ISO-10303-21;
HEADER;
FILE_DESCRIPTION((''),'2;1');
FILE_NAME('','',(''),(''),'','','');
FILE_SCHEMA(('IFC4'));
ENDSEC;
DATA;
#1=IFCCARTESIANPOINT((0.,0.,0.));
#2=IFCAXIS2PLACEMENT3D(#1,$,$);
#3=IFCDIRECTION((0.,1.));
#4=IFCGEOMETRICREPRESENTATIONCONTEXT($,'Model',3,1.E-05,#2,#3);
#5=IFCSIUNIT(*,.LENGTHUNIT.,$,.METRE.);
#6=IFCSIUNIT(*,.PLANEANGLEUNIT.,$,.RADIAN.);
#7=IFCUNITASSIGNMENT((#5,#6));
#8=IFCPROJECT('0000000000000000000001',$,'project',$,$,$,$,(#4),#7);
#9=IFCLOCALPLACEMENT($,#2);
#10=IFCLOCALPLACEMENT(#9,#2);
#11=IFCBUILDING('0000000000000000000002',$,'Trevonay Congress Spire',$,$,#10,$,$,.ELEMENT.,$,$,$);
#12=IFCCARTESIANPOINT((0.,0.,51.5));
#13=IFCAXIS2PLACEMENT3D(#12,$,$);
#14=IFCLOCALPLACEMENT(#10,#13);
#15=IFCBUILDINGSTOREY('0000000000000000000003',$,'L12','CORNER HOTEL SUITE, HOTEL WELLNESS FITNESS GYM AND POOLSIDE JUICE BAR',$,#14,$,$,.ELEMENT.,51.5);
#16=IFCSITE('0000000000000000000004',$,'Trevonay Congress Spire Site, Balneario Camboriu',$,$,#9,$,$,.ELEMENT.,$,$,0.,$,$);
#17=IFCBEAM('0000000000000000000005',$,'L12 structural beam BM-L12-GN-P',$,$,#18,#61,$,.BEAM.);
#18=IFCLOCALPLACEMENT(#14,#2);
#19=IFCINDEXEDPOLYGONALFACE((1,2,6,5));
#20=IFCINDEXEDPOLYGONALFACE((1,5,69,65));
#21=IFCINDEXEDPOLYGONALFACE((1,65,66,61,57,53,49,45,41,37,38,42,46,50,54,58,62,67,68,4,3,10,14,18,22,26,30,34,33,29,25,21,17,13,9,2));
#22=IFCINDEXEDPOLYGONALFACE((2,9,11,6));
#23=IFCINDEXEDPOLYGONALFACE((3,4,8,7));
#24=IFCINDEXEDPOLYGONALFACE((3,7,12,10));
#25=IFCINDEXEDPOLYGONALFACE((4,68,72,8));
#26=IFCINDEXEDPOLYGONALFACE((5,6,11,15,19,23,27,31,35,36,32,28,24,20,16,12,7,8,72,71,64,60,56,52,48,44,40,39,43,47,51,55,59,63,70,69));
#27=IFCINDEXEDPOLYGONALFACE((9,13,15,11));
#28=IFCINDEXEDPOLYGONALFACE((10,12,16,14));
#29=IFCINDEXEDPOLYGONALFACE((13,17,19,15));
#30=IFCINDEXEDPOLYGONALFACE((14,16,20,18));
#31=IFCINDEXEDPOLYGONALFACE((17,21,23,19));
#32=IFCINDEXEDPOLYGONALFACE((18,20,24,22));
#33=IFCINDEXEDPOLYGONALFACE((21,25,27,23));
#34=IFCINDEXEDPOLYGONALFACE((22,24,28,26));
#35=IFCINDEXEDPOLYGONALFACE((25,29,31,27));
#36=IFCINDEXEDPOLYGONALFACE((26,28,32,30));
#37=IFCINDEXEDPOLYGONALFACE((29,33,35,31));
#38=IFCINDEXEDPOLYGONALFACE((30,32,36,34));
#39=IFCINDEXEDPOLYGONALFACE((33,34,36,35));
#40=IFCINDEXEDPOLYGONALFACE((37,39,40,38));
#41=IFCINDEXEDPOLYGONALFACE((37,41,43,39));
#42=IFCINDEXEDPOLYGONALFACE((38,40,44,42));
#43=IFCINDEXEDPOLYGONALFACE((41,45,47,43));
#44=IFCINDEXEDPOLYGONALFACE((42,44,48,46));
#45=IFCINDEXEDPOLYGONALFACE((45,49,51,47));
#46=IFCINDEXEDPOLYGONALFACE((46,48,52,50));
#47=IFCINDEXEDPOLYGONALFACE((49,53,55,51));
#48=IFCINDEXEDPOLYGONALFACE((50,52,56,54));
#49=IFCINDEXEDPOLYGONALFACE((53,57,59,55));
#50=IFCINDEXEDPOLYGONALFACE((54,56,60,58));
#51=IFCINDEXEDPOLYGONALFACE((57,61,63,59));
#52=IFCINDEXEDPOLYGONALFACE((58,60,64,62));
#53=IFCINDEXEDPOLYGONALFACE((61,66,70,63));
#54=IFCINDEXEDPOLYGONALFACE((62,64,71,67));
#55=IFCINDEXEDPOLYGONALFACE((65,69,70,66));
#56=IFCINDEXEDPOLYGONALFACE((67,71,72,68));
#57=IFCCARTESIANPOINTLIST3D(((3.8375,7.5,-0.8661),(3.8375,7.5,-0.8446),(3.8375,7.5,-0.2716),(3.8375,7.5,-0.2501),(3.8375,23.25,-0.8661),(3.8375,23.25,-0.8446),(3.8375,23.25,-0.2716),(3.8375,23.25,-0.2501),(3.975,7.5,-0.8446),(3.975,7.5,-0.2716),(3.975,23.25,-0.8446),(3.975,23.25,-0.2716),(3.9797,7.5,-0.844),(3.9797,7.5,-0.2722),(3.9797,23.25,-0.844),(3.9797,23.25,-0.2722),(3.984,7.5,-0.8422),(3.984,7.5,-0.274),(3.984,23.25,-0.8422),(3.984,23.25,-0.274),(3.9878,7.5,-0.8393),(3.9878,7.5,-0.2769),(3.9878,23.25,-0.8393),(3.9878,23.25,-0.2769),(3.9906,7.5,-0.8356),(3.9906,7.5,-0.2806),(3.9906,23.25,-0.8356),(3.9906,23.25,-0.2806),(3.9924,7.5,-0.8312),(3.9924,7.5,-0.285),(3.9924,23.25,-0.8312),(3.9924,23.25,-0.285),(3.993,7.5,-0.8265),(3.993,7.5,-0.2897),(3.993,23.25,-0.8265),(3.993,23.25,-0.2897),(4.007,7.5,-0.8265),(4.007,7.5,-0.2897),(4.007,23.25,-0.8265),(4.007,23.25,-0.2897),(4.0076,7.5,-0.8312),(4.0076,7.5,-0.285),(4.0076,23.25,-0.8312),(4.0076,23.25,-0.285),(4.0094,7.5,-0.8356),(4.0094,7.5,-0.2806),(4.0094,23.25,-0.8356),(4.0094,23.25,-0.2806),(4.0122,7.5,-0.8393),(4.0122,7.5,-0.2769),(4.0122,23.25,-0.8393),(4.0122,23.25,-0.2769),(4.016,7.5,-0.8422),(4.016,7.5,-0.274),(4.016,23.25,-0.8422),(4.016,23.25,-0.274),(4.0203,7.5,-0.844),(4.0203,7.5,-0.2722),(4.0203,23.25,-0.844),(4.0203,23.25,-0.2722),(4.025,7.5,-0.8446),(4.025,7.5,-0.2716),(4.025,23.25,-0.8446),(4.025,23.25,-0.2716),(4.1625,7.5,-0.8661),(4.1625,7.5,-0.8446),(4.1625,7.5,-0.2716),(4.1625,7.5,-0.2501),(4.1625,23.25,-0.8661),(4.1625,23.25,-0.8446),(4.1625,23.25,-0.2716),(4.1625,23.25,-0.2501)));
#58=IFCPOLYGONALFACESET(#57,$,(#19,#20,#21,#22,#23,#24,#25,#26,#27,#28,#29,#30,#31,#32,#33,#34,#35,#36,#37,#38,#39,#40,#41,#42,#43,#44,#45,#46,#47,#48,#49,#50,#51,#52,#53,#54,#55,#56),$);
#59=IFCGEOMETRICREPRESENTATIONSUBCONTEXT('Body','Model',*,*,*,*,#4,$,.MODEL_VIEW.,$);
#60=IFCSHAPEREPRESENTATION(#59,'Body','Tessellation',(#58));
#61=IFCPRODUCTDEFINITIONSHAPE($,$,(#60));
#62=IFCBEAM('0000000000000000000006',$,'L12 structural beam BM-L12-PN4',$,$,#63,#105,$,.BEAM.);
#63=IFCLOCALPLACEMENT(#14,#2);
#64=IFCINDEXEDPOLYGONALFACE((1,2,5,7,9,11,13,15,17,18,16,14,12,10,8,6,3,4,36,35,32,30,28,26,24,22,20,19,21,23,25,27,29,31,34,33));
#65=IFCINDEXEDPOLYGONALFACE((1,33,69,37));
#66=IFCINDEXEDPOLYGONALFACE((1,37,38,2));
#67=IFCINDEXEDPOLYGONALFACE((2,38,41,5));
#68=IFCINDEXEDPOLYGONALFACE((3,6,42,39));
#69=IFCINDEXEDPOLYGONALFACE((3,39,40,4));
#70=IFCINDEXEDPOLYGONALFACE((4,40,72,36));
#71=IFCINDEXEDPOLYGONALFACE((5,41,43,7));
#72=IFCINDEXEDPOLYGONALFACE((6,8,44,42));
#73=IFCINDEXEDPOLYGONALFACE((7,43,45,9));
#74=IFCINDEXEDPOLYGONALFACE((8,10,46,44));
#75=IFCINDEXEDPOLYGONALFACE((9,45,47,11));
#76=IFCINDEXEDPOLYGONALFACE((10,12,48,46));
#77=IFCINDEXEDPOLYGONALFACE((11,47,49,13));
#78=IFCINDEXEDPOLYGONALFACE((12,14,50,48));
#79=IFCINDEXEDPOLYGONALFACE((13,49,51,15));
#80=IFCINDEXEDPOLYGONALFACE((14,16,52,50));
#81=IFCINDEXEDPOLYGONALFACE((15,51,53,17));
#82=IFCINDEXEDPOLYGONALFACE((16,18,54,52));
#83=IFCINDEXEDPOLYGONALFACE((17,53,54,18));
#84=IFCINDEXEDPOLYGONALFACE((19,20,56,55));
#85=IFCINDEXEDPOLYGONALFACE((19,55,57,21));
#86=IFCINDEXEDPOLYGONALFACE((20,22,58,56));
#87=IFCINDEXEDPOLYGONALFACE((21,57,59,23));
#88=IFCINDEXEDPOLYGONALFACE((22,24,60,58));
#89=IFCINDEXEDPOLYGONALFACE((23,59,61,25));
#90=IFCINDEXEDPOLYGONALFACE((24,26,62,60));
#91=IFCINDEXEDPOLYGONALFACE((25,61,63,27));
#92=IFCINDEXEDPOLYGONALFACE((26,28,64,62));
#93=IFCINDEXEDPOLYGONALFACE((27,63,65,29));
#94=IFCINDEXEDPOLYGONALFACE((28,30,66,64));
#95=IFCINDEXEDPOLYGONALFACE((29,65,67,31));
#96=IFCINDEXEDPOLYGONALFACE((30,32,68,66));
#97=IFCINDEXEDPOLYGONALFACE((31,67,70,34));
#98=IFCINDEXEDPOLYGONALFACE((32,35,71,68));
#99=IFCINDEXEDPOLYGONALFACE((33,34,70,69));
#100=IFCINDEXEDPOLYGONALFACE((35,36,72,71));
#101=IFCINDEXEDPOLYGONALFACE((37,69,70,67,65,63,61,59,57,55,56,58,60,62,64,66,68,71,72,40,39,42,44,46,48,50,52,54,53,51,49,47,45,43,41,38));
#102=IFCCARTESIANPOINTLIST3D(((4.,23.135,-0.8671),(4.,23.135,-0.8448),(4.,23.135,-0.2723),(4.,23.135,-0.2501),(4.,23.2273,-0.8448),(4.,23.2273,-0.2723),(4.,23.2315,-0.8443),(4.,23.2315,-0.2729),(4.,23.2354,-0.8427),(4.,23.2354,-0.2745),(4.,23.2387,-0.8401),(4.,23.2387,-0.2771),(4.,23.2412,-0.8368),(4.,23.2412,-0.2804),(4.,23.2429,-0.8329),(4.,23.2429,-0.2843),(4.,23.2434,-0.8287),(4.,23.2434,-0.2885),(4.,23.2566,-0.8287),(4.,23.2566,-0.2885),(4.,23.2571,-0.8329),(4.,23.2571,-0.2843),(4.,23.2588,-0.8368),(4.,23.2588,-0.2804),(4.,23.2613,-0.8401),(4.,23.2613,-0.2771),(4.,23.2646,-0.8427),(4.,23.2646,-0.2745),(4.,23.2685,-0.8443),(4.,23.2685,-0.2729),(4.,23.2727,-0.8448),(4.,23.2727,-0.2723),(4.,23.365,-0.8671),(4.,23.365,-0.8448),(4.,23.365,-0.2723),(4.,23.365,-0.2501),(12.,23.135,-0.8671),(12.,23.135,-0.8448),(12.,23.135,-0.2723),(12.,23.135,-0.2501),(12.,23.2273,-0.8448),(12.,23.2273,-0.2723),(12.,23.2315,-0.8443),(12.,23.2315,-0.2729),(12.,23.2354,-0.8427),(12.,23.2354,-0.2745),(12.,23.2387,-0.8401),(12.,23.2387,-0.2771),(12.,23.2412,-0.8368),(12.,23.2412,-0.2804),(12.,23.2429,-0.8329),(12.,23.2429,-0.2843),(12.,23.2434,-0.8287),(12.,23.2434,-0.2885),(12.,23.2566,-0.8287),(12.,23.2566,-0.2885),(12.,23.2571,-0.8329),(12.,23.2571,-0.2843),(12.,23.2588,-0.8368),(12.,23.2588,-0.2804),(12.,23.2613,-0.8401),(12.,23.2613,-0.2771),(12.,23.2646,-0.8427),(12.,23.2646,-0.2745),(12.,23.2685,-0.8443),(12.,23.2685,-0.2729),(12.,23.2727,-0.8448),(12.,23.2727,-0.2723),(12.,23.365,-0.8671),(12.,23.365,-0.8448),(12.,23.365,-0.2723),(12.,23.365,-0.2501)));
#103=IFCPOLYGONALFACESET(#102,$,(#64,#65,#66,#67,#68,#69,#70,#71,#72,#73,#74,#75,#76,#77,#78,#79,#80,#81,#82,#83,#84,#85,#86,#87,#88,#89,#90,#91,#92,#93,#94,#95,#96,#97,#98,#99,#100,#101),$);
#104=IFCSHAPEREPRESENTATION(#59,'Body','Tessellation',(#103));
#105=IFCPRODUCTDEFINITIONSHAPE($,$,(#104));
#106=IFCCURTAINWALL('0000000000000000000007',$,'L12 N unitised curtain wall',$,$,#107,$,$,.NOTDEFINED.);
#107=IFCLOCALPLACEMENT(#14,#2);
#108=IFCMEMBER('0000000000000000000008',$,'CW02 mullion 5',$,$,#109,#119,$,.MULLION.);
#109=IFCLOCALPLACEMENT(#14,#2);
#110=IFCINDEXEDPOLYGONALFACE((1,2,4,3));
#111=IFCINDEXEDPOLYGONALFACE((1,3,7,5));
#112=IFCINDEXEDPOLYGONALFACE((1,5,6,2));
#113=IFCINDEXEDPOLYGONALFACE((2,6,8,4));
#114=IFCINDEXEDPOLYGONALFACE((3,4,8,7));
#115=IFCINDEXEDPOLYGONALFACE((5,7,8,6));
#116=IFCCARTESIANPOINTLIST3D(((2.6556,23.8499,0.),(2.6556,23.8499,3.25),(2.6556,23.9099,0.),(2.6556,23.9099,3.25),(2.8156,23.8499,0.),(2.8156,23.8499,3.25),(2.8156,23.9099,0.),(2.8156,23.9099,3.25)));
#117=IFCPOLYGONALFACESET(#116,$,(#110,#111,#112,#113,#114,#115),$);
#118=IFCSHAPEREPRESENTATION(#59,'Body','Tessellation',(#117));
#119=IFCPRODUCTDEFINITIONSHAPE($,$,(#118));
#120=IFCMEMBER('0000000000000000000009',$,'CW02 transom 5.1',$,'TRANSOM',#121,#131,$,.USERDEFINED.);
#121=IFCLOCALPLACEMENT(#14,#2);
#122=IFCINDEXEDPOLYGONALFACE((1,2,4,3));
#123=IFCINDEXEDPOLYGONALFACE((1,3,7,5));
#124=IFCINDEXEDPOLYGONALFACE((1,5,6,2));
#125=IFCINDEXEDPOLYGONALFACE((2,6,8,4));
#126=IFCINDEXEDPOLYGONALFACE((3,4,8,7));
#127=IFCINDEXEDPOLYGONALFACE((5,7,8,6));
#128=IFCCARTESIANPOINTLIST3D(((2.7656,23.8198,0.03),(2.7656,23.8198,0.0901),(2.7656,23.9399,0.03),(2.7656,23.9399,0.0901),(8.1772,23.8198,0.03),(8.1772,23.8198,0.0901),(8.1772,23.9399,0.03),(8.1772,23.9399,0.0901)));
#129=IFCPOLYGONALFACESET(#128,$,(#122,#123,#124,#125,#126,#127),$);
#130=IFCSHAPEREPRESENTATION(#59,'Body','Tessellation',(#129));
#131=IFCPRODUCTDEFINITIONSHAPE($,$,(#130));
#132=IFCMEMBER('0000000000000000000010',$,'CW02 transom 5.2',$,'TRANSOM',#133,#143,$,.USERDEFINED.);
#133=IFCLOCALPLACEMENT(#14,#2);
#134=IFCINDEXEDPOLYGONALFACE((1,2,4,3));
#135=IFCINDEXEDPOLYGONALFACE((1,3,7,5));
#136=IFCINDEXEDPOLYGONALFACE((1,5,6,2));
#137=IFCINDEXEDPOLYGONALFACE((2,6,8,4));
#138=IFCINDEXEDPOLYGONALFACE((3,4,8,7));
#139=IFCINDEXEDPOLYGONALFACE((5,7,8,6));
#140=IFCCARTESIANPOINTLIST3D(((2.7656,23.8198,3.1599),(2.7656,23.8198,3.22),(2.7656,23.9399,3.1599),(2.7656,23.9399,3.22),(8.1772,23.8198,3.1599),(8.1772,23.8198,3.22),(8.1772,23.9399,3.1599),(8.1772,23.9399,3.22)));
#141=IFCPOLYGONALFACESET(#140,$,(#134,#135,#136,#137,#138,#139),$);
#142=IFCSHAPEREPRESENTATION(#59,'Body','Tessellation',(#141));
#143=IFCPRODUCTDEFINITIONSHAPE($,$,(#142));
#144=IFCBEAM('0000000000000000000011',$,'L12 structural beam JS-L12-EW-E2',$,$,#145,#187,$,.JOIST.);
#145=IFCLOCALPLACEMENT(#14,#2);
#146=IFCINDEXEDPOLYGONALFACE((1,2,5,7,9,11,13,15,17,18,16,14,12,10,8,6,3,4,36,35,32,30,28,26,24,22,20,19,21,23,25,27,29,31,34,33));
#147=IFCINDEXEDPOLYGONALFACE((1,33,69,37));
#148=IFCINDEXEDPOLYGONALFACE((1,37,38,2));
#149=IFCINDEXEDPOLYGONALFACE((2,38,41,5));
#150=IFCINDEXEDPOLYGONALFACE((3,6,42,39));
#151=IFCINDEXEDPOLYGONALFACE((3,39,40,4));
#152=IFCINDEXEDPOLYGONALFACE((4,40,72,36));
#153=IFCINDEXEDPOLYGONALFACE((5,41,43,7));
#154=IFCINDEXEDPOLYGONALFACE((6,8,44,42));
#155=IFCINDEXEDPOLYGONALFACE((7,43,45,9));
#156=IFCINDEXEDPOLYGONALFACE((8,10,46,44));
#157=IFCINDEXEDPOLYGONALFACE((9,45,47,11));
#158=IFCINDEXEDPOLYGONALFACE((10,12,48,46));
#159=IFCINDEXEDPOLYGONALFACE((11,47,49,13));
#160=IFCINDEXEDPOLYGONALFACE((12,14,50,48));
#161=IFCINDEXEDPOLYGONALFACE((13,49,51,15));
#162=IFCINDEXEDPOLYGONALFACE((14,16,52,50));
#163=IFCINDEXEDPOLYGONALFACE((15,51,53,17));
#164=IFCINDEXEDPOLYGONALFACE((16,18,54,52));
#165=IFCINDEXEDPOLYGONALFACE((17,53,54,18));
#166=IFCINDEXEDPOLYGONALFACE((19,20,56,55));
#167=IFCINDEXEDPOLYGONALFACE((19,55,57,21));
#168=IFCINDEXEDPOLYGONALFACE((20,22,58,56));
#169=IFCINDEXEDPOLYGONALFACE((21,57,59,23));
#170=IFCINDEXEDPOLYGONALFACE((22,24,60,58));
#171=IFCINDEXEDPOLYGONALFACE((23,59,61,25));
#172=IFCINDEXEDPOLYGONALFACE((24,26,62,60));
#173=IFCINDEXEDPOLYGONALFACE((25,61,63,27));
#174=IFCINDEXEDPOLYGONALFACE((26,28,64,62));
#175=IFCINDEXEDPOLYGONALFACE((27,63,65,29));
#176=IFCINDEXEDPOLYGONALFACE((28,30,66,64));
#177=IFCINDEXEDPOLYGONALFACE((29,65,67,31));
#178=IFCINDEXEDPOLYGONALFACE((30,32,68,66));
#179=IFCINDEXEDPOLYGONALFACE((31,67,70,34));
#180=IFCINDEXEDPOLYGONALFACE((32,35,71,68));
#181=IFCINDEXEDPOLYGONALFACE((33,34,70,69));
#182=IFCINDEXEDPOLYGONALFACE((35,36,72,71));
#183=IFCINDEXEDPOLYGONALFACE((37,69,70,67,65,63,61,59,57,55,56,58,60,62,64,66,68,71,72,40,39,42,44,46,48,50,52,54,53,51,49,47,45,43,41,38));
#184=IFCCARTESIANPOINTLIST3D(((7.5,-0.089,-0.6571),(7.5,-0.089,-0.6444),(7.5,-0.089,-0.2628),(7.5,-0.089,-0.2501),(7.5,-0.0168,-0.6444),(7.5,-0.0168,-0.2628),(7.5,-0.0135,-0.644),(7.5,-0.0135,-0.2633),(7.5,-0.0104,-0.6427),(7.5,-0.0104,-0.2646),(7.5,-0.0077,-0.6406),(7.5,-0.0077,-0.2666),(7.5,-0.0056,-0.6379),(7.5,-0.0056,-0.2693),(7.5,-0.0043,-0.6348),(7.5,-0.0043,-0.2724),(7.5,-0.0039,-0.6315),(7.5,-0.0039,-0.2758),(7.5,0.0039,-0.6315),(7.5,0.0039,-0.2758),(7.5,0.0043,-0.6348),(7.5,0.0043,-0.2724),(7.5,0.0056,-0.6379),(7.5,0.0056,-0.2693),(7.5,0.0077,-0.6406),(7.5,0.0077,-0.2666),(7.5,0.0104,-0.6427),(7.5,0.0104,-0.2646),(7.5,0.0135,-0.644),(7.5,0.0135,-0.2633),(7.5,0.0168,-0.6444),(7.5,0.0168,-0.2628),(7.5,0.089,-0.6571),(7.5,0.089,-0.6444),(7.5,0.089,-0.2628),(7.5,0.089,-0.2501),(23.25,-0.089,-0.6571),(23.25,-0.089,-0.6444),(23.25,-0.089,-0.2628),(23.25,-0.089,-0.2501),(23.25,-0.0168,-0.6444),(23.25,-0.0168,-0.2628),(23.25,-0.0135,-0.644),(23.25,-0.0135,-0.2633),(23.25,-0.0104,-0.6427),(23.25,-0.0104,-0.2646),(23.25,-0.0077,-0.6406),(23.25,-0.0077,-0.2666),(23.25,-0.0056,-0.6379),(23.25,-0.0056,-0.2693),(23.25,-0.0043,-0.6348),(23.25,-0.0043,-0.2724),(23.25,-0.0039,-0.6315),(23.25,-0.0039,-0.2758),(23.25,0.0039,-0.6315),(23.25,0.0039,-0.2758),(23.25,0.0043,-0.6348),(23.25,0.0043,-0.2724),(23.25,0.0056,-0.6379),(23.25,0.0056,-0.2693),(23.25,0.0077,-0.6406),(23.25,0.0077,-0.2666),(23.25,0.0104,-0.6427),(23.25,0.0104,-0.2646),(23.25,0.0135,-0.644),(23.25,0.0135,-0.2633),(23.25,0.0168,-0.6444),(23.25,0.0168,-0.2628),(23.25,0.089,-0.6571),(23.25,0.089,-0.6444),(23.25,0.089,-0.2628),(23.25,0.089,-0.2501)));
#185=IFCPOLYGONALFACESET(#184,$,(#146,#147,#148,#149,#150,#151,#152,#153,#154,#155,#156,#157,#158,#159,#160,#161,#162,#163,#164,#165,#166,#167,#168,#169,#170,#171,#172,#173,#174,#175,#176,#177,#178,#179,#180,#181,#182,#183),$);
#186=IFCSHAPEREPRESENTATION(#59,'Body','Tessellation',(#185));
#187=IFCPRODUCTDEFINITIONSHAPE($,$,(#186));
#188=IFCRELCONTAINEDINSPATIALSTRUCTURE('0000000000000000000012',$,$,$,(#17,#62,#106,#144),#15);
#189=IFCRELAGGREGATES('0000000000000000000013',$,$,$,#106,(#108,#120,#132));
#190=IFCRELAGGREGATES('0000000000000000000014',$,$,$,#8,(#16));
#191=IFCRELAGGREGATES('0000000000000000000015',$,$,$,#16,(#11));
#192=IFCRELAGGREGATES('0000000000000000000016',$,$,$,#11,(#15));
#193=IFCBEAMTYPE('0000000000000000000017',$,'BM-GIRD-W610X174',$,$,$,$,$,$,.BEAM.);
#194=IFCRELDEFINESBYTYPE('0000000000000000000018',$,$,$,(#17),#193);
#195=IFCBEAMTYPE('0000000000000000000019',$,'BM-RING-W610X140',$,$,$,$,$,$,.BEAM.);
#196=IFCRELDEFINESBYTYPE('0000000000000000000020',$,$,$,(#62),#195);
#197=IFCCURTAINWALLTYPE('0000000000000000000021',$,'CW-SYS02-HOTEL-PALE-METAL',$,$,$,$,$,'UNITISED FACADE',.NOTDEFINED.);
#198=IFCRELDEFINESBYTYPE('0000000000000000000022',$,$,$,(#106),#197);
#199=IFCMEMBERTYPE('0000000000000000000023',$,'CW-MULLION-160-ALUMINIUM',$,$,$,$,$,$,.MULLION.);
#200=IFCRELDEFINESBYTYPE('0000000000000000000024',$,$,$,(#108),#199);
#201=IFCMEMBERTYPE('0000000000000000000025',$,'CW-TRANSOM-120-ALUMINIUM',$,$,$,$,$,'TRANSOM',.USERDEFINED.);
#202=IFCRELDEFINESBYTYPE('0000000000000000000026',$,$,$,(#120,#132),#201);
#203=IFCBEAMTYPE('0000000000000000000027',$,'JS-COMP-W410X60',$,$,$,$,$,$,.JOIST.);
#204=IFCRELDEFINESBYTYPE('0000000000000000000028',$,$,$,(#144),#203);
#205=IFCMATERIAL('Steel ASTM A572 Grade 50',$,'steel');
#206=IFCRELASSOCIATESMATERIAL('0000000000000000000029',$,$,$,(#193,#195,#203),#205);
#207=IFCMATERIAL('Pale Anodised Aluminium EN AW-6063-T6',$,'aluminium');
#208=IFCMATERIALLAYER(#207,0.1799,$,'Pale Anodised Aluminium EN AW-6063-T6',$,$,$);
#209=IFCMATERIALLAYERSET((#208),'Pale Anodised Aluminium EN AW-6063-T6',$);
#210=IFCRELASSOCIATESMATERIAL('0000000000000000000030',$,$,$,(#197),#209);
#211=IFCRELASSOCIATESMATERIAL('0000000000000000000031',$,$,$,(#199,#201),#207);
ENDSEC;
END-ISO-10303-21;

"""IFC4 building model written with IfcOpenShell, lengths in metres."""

from ifc_helpers import new_model, si_unit, direction, frame, origin, origin_2d, place, context, subcontext, project, spatial, rectangle, i_section, extrude, material, layer, layer_set, material_profile, profile_set, type_object, element, aggregate, save


model = new_model("IFC4")

# Units and contexts
model_context = context("Model", 3, precision=1e-05, world=origin(), true_north=direction((0.0, 1.0)))
body_context = subcontext(model_context, "Body", "Model", "MODEL_VIEW")
ifc_project = project(units=[si_unit("LENGTHUNIT", "METRE"), si_unit("PLANEANGLEUNIT", "RADIAN")], contexts=[model_context])

# Site, building, storey
site_placement = place(None, origin())
site = spatial("IfcSite", under=ifc_project, at=site_placement, Name="Trevonay Congress Spire Site, Balneario Camboriu", CompositionType="ELEMENT", RefElevation=0.0)
building_placement = place(site_placement, origin())
building = spatial("IfcBuilding", under=site, at=building_placement, Name="Trevonay Congress Spire", CompositionType="ELEMENT")
storey_placement = place(building_placement, frame((0.0, 0.0, 51.5)))
storey = spatial("IfcBuildingStorey", under=building, at=storey_placement, Name="L12", Description="CORNER HOTEL SUITE, HOTEL WELLNESS FITNESS GYM AND POOLSIDE JUICE BAR", CompositionType="ELEMENT", Elevation=51.5)

# Shared definitions
ifc_material_1 = material(Name="Steel ASTM A572 Grade 50", Category="steel")

# Beams
ifc_material_profile_1 = material_profile(ifc_material_1, i_section(OverallWidth=0.325, OverallDepth=0.616, WebThickness=0.0139, FlangeThickness=0.0215, FilletRadius=0.0181, at=origin_2d()), Name="W610x174")
ifc_profile_set_1 = profile_set([ifc_material_profile_1], Name="Steel ASTM A572 Grade 50")
beam_type_1 = type_object("IfcBeamType", Name="BM-GIRD-W610X174", PredefinedType="BEAM", material=ifc_profile_set_1)
beam_1_placement = place(storey_placement, frame((4.0, 7.5, -0.5581), z_axis=(0.0, 1.0, 0.0), x_axis=(-1.0, 0.0, 0.0)))
element("IfcBeam", 1, at=beam_1_placement, inside=storey, type_object=beam_type_1, Name="L12 structural beam BM-L12-GN-P", PredefinedType="BEAM", context=body_context, shape_type="SweptSolid", body=[
    extrude(i_section(OverallWidth=0.325, OverallDepth=0.616, WebThickness=0.0139, FlangeThickness=0.0215, FilletRadius=0.0181, at=origin_2d()), origin(), (0.0, 0.0, 1.0), 15.75),
])
ifc_material_profile_2 = material_profile(ifc_material_1, i_section(OverallWidth=0.23, OverallDepth=0.6169, WebThickness=0.0132, FlangeThickness=0.0222, FilletRadius=0.0161, at=origin_2d()), Name="W610x140")
ifc_profile_set_2 = profile_set([ifc_material_profile_2], Name="Steel ASTM A572 Grade 50")
beam_type_2 = type_object("IfcBeamType", Name="BM-RING-W610X140", PredefinedType="BEAM", material=ifc_profile_set_2)
beam_2_placement = place(storey_placement, frame((4.0, 23.25, -0.5586), z_axis=(1.0, 0.0, 0.0), x_axis=(0.0, 1.0, 0.0)))
element("IfcBeam", 2, at=beam_2_placement, inside=storey, type_object=beam_type_2, Name="L12 structural beam BM-L12-PN4", PredefinedType="BEAM", context=body_context, shape_type="SweptSolid", body=[
    extrude(i_section(OverallWidth=0.23, OverallDepth=0.6169, WebThickness=0.0132, FlangeThickness=0.0222, FilletRadius=0.0161, at=origin_2d()), origin(), (0.0, 0.0, 1.0), 8.0),
])

# Curtain wall, members
ifc_material_2 = material(Name="Pale Anodised Aluminium EN AW-6063-T6", Category="aluminium")
ifc_layer_1 = layer(ifc_material_2, 0.1799, Name="Pale Anodised Aluminium EN AW-6063-T6")
ifc_layer_set_1 = layer_set([ifc_layer_1], Name="Pale Anodised Aluminium EN AW-6063-T6")
curtain_wall_type = type_object("IfcCurtainWallType", Name="CW-SYS02-HOTEL-PALE-METAL", ElementType="UNITISED FACADE", PredefinedType="NOTDEFINED", material=ifc_layer_set_1)
curtain_wall_placement = place(storey_placement, origin())
curtain_wall = element("IfcCurtainWall", 3, at=curtain_wall_placement, inside=storey, type_object=curtain_wall_type, Name="L12 N unitised curtain wall", PredefinedType="NOTDEFINED")
ifc_material_profile_3 = material_profile(ifc_material_2, rectangle(XDim=0.0601, YDim=0.1599, at=origin_2d()), Name="CW-MULLION-160-ALUMINIUM")
ifc_profile_set_3 = profile_set([ifc_material_profile_3], Name="Pale Anodised Aluminium EN AW-6063-T6")
member_type_1 = type_object("IfcMemberType", Name="CW-MULLION-160-ALUMINIUM", PredefinedType="MULLION", material=ifc_profile_set_3)
member_1_placement = place(storey_placement, frame((2.7356, 23.8799, 0.0), z_axis=(0.0, 0.0, 1.0), x_axis=(0.0, 1.0, 0.0)))
member_1 = element("IfcMember", 4, at=member_1_placement, type_object=member_type_1, Name="CW02 mullion 5", PredefinedType="MULLION", context=body_context, shape_type="SweptSolid", body=[
    extrude(rectangle(XDim=0.0601, YDim=0.1599, at=origin_2d()), origin(), (0.0, 0.0, 1.0), 3.25),
])
ifc_material_profile_4 = material_profile(ifc_material_2, rectangle(XDim=0.1201, YDim=0.0601, at=origin_2d()), Name="CW-TRANSOM-120-ALUMINIUM")
ifc_profile_set_4 = profile_set([ifc_material_profile_4], Name="Pale Anodised Aluminium EN AW-6063-T6")
member_type_2 = type_object("IfcMemberType", Name="CW-TRANSOM-120-ALUMINIUM", ElementType="TRANSOM", PredefinedType="USERDEFINED", material=ifc_profile_set_4)
member_2_placement = place(storey_placement, frame((2.7656, 23.8799, 0.0601), z_axis=(1.0, 0.0, 0.0), x_axis=(0.0, 1.0, 0.0)))
member_2 = element("IfcMember", 5, at=member_2_placement, type_object=member_type_2, Name="CW02 transom 5.1", ObjectType="TRANSOM", PredefinedType="USERDEFINED", context=body_context, shape_type="SweptSolid", body=[
    extrude(rectangle(XDim=0.1201, YDim=0.0601, at=origin_2d()), origin(), (0.0, 0.0, 1.0), 5.4116),
])
member_3_placement = place(storey_placement, frame((2.7656, 23.8799, 3.1899), z_axis=(1.0, 0.0, 0.0), x_axis=(0.0, 1.0, 0.0)))
member_3 = element("IfcMember", 6, at=member_3_placement, type_object=member_type_2, Name="CW02 transom 5.2", ObjectType="TRANSOM", PredefinedType="USERDEFINED", context=body_context, shape_type="SweptSolid", body=[
    extrude(rectangle(XDim=0.1201, YDim=0.0601, at=origin_2d()), origin(), (0.0, 0.0, 1.0), 5.4116),
])

# Beam
ifc_material_profile_5 = material_profile(ifc_material_1, i_section(OverallWidth=0.178, OverallDepth=0.407, WebThickness=0.0078, FlangeThickness=0.0127, FilletRadius=0.0129, at=origin_2d()), Name="W410x60")
ifc_profile_set_5 = profile_set([ifc_material_profile_5], Name="Steel ASTM A572 Grade 50")
beam_type_3 = type_object("IfcBeamType", Name="JS-COMP-W410X60", PredefinedType="JOIST", material=ifc_profile_set_5)
for number, where, z_axis, x_axis, name in (
    (7, (7.5, 0.0, -0.4536), (1.0, 0.0, 0.0), (0.0, 1.0, 0.0), "L12 structural beam JS-L12-EW-E2"),
):
    element("IfcBeam", number, at=place(storey_placement, frame(where, z_axis=z_axis, x_axis=x_axis)), inside=storey, type_object=beam_type_3, Name=name, PredefinedType="JOIST", context=body_context, shape_type="SweptSolid", body=[
        extrude(i_section(OverallWidth=0.178, OverallDepth=0.407, WebThickness=0.0078, FlangeThickness=0.0127, FilletRadius=0.0129, at=origin_2d()), origin(), (0.0, 0.0, 1.0), 15.75),
    ])

aggregate(curtain_wall, [member_1, member_2, member_3])

save(model, "model.ifc")
